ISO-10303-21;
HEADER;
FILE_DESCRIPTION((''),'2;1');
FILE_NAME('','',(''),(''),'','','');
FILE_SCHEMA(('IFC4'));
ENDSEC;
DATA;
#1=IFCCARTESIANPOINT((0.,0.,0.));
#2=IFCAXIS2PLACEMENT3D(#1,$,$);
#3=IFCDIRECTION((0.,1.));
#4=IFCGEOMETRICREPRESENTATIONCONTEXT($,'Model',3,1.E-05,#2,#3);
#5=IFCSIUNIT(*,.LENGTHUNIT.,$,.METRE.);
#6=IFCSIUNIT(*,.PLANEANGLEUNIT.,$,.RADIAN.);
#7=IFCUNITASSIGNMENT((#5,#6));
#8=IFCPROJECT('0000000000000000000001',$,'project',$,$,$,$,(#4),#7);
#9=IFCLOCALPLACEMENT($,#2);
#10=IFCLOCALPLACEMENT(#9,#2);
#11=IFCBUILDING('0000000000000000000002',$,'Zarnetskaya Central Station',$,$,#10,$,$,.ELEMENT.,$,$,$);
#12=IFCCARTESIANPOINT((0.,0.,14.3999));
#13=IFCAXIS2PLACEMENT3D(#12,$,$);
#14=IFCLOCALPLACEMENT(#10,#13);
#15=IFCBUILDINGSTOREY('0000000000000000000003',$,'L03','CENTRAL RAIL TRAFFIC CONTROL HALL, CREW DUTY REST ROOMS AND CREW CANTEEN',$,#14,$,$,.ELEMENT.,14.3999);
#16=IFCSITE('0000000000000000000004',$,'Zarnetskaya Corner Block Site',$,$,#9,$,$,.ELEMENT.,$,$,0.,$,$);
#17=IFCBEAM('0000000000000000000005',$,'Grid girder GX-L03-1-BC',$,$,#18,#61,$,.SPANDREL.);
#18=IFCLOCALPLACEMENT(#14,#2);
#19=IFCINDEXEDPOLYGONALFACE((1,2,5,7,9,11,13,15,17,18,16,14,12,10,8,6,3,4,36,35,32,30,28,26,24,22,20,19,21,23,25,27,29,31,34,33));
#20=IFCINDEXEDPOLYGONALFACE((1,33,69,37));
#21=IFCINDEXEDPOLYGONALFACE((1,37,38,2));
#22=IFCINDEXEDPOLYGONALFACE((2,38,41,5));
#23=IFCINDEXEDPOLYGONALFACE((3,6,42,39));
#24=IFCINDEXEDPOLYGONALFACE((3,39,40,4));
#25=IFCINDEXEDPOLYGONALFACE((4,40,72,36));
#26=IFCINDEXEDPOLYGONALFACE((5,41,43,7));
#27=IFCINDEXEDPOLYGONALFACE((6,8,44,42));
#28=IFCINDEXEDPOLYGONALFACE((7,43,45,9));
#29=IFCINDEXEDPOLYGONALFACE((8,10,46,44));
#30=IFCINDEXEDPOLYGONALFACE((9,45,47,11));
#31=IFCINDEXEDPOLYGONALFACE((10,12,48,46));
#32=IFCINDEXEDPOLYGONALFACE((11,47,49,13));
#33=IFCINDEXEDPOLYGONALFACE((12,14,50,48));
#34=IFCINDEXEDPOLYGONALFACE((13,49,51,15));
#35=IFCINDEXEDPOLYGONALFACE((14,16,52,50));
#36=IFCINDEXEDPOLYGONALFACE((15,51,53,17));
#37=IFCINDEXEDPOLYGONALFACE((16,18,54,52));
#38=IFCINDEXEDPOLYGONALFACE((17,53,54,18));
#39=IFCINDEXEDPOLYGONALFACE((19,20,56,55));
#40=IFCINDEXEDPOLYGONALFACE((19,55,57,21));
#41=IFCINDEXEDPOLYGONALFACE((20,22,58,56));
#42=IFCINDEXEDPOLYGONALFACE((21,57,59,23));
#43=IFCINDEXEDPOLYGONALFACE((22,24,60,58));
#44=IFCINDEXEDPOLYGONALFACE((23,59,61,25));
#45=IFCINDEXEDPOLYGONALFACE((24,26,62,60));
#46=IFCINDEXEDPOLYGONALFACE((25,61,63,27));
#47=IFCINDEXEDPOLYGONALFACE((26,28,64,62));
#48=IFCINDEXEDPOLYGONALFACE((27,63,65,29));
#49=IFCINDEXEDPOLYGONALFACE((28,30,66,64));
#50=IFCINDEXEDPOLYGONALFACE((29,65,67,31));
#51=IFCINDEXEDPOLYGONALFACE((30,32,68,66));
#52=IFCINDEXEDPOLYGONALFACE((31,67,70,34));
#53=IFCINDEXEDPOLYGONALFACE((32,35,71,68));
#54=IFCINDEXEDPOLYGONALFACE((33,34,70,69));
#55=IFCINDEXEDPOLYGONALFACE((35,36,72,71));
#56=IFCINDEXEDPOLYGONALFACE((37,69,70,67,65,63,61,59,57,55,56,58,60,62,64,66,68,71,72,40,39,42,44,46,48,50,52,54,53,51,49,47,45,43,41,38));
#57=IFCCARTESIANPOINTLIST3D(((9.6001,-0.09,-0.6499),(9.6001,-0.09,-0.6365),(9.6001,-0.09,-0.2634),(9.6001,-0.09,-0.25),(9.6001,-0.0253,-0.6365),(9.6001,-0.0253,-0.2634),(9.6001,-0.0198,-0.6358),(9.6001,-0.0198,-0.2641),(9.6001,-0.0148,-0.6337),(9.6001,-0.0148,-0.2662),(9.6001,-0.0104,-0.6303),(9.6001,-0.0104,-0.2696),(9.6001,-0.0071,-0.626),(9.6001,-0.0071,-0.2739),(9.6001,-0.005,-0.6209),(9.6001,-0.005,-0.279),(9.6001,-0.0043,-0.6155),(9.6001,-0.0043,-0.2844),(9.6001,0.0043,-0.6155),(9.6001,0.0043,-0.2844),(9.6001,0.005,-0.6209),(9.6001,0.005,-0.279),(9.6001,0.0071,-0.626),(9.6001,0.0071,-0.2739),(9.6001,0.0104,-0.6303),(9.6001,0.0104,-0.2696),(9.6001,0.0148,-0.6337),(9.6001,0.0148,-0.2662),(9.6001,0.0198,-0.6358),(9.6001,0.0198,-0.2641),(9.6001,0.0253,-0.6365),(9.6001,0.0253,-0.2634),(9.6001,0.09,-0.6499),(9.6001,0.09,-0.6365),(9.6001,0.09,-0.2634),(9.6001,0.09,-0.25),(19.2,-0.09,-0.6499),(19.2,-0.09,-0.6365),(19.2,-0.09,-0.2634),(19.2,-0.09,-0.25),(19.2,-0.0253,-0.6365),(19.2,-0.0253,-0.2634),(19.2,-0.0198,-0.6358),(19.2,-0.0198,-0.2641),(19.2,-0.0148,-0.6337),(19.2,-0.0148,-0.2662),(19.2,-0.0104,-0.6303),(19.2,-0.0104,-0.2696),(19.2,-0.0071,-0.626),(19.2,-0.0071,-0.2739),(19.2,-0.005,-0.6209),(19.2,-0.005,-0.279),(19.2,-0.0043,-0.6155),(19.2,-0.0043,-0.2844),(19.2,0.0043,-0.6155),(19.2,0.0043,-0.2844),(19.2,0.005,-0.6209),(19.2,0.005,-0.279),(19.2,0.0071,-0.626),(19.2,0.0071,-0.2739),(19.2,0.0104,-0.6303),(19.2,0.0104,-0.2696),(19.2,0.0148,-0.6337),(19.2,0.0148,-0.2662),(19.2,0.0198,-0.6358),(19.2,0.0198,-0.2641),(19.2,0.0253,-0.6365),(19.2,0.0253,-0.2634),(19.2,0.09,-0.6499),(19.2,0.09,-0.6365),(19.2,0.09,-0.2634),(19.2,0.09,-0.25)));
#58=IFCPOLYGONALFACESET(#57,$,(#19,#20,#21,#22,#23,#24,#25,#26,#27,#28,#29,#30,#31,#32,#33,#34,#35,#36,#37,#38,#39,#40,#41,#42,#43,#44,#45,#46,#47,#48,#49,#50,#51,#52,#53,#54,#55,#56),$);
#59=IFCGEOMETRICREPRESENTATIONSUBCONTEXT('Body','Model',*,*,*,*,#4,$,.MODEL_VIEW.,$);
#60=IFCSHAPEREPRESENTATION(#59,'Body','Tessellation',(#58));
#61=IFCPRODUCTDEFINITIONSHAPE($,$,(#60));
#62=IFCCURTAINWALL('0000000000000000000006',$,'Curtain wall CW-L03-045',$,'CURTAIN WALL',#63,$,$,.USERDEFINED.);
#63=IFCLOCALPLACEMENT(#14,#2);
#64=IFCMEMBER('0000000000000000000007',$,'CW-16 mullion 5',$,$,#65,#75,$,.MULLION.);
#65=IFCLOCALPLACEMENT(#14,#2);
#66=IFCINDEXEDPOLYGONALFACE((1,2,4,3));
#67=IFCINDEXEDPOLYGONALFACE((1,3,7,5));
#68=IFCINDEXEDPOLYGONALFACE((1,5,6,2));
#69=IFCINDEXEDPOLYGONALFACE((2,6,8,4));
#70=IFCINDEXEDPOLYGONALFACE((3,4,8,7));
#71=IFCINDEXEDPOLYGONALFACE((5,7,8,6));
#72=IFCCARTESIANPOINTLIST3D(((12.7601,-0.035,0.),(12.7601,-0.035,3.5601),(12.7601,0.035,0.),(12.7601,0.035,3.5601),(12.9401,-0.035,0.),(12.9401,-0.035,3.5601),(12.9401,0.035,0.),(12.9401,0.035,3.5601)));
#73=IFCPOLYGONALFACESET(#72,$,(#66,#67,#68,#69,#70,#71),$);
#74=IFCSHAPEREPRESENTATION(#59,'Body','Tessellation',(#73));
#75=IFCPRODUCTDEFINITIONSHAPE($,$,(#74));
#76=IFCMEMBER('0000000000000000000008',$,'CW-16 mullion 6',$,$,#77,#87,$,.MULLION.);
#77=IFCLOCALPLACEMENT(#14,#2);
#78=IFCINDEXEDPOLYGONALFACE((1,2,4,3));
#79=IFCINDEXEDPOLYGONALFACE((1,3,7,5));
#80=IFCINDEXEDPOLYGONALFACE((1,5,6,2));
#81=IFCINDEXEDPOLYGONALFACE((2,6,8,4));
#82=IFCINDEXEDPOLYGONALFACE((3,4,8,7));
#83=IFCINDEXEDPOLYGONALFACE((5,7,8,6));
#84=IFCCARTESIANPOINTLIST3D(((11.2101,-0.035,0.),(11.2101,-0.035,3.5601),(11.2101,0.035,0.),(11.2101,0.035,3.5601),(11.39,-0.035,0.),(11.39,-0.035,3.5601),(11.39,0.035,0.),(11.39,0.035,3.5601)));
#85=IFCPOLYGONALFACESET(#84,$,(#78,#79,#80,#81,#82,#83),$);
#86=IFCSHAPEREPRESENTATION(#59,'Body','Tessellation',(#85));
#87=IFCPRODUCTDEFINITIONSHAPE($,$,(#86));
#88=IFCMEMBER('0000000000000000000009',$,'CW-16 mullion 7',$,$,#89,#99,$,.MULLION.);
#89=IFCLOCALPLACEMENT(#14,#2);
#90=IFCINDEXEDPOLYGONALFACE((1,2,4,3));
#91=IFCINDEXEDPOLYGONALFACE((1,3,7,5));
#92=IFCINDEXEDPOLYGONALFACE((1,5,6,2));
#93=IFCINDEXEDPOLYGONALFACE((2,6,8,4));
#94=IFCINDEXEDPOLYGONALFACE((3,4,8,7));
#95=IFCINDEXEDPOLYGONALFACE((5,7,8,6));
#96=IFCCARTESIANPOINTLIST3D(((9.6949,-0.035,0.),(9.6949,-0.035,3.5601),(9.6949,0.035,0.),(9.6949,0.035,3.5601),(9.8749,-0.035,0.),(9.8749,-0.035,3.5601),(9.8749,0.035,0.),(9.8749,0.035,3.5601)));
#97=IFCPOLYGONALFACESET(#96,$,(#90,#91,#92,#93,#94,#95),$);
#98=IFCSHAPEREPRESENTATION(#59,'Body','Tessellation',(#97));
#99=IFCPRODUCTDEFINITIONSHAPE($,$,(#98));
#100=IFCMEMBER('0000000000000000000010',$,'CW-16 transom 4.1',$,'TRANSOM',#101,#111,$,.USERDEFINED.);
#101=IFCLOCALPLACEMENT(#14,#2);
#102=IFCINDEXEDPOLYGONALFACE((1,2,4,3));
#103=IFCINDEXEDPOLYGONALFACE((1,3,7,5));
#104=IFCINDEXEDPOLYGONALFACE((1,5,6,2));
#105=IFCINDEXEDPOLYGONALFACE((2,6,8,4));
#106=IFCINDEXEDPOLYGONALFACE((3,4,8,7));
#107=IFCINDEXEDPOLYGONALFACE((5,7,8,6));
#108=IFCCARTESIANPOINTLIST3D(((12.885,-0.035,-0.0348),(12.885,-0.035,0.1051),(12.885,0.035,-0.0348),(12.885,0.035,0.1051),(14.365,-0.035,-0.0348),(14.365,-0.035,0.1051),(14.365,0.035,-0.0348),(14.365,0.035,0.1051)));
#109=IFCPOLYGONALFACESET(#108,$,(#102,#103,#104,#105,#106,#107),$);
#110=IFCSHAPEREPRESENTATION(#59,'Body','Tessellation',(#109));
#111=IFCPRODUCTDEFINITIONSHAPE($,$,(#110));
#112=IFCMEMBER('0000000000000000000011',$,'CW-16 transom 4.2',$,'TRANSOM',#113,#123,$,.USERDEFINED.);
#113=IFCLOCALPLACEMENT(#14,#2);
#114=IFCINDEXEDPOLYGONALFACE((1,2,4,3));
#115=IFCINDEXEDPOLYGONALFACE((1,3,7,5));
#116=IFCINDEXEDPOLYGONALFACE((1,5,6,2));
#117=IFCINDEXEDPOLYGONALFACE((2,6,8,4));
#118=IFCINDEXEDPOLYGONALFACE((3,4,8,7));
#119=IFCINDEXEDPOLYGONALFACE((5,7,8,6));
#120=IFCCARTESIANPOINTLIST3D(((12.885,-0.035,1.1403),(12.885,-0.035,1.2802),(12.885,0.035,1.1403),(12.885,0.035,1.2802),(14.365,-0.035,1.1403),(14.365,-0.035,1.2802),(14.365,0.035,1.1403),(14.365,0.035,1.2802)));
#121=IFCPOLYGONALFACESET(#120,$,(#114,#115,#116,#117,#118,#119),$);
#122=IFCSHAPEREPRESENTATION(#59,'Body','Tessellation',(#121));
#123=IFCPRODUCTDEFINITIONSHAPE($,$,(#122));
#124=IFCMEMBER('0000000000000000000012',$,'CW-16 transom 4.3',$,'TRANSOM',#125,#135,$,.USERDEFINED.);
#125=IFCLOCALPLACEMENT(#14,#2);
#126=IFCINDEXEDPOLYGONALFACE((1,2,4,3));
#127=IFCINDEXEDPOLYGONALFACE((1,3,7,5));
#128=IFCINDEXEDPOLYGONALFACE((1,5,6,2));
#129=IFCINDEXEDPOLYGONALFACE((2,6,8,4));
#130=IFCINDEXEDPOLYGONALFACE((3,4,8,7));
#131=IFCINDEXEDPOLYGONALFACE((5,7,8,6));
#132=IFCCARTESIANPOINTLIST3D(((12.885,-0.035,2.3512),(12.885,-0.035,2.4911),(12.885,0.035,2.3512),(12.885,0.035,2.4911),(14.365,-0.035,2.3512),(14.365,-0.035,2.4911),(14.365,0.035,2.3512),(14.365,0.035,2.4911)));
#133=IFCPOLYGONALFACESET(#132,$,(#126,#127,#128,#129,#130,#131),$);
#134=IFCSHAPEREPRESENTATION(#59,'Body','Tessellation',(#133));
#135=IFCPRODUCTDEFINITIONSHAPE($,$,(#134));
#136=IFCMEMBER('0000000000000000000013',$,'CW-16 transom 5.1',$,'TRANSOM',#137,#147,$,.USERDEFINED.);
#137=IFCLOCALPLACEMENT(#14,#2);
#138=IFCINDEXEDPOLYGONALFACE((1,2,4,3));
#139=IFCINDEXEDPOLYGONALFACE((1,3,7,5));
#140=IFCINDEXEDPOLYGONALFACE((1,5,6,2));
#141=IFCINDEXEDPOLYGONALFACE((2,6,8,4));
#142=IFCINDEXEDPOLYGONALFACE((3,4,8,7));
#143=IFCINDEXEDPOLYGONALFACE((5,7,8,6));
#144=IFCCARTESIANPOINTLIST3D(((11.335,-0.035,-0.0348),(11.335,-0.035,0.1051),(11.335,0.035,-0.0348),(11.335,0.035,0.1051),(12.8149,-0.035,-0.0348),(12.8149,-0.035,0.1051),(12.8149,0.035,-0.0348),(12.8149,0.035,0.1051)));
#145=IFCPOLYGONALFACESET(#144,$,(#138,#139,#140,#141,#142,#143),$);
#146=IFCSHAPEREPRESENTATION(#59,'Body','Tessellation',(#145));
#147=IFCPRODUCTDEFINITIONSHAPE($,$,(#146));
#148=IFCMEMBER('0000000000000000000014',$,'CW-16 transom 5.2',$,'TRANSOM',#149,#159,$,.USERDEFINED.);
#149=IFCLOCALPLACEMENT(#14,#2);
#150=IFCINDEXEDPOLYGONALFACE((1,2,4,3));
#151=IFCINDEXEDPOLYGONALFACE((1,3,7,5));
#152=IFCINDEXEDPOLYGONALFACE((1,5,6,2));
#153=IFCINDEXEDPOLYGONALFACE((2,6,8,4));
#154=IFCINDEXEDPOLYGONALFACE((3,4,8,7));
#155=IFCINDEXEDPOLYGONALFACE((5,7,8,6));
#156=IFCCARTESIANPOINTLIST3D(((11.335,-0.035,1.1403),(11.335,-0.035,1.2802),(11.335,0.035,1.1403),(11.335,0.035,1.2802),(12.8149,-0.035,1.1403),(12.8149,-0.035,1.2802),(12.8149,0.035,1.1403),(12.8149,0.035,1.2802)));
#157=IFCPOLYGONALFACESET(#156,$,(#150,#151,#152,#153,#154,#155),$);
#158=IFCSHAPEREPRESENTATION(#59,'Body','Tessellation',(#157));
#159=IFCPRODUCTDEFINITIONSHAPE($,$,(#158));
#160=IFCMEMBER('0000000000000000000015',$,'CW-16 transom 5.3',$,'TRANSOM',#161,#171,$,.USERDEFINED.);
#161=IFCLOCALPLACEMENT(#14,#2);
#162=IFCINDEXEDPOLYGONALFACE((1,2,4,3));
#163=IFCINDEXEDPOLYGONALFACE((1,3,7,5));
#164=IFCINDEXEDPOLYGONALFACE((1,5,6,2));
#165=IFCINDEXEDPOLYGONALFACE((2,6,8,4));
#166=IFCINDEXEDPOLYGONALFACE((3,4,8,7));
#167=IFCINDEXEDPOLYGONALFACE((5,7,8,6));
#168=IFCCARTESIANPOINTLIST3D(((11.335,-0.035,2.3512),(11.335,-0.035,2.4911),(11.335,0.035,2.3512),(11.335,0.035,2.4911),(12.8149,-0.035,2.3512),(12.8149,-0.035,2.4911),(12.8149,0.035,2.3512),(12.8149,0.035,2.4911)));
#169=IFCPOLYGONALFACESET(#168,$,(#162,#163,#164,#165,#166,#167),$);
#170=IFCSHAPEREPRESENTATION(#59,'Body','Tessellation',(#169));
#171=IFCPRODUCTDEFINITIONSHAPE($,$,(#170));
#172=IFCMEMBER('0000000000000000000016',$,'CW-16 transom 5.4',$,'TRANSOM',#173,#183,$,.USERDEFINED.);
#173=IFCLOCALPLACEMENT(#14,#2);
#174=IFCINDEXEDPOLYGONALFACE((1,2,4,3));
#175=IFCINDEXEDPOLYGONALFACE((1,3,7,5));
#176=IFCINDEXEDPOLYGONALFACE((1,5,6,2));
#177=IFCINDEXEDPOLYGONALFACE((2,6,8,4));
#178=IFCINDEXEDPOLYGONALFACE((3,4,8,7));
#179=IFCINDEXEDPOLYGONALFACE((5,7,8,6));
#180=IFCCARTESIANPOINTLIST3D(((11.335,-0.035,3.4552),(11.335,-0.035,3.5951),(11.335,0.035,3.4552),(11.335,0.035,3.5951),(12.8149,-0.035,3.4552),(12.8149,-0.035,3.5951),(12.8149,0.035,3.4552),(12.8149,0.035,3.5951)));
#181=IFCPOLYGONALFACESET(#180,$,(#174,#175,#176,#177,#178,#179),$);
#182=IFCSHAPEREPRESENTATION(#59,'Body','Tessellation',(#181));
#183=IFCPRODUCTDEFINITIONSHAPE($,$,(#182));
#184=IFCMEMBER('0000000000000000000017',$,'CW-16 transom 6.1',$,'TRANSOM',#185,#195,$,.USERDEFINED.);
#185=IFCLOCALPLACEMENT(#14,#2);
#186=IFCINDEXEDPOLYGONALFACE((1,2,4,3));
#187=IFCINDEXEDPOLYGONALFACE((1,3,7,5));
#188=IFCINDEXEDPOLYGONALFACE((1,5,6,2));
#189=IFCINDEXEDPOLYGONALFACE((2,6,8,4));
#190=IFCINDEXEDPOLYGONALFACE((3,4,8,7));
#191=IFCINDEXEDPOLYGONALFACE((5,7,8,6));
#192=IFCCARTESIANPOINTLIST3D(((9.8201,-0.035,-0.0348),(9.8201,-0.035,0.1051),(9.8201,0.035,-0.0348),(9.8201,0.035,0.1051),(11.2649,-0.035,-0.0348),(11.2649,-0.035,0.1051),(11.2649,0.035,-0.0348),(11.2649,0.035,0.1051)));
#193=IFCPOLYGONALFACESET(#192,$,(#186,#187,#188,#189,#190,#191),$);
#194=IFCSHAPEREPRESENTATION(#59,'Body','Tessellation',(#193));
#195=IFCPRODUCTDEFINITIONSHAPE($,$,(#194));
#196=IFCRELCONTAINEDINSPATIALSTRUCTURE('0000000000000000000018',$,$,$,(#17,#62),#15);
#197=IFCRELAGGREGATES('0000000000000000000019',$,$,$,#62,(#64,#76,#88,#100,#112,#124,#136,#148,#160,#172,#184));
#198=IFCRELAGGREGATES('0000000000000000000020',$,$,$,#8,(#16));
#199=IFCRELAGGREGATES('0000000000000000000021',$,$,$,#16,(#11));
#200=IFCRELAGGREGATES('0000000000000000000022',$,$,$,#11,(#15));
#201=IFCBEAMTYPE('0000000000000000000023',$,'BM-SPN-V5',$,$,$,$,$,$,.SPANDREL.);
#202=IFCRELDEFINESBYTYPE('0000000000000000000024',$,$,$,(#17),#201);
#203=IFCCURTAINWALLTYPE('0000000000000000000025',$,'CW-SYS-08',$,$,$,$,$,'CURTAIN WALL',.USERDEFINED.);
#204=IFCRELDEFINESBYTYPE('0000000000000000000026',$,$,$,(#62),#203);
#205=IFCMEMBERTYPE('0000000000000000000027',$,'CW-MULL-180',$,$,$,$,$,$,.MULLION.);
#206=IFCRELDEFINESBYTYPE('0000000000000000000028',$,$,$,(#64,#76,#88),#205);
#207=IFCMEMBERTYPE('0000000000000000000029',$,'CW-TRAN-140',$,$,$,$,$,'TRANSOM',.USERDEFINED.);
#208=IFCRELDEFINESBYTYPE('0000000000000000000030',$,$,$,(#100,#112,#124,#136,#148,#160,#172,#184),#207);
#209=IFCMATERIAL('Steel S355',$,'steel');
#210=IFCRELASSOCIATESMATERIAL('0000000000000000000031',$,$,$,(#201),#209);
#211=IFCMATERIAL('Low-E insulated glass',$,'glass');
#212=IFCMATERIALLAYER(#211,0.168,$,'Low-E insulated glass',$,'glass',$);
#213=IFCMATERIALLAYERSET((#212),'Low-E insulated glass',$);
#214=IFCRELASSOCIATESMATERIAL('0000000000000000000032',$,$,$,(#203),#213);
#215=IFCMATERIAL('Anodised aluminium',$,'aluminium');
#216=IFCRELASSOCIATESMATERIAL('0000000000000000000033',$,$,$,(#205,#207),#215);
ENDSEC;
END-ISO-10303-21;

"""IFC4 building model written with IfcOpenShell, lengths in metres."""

from ifc_helpers import new_model, si_unit, direction, frame, origin, origin_2d, place, context, subcontext, project, spatial, rectangle, i_section, extrude, material, layer, layer_set, material_profile, profile_set, type_object, element, aggregate, save


model = new_model("IFC4")

# Units and contexts
model_context = context("Model", 3, precision=1e-05, world=origin(), true_north=direction((0.0, 1.0)))
body_context = subcontext(model_context, "Body", "Model", "MODEL_VIEW")
ifc_project = project(units=[si_unit("LENGTHUNIT", "METRE"), si_unit("PLANEANGLEUNIT", "RADIAN")], contexts=[model_context])

# Site, building, storey
site_placement = place(None, origin())
site = spatial("IfcSite", under=ifc_project, at=site_placement, Name="Zarnetskaya Corner Block Site", CompositionType="ELEMENT", RefElevation=0.0)
building_placement = place(site_placement, origin())
building = spatial("IfcBuilding", under=site, at=building_placement, Name="Zarnetskaya Central Station", CompositionType="ELEMENT")
storey_placement = place(building_placement, frame((0.0, 0.0, 14.3999)))
storey = spatial("IfcBuildingStorey", under=building, at=storey_placement, Name="L03", Description="CENTRAL RAIL TRAFFIC CONTROL HALL, CREW DUTY REST ROOMS AND CREW CANTEEN", CompositionType="ELEMENT", Elevation=14.3999)

# Beam
ifc_material_1 = material(Name="Steel S355", Category="steel")
ifc_material_profile_1 = material_profile(ifc_material_1, i_section(OverallWidth=0.1799, OverallDepth=0.3999, WebThickness=0.0085, FlangeThickness=0.0134, FilletRadius=0.021, at=origin_2d()), Name="IPE 400")
ifc_profile_set_1 = profile_set([ifc_material_profile_1], Name="Steel S355")
beam_type_1 = type_object("IfcBeamType", Name="BM-SPN-V5", PredefinedType="SPANDREL", material=ifc_profile_set_1)
beam_1_placement = place(storey_placement, frame((9.6001, 0.0, -0.45), z_axis=(1.0, 0.0, 0.0), x_axis=(0.0, 1.0, 0.0)))
element("IfcBeam", 1, at=beam_1_placement, inside=storey, type_object=beam_type_1, Name="Grid girder GX-L03-1-BC", PredefinedType="SPANDREL", context=body_context, shape_type="SweptSolid", body=[
    extrude(i_section(OverallWidth=0.1799, OverallDepth=0.3999, WebThickness=0.0085, FlangeThickness=0.0134, FilletRadius=0.021, at=origin_2d()), origin(), (0.0, 0.0, 1.0), 9.5999),
])

# Curtain wall, members
ifc_material_2 = material(Name="Low-E insulated glass", Category="glass")
ifc_layer_1 = layer(ifc_material_2, 0.168, Name="Low-E insulated glass", Category="glass")
ifc_layer_set_1 = layer_set([ifc_layer_1], Name="Low-E insulated glass")
curtain_wall_type = type_object("IfcCurtainWallType", Name="CW-SYS-08", ElementType="CURTAIN WALL", PredefinedType="USERDEFINED", material=ifc_layer_set_1)
curtain_wall_placement = place(storey_placement, origin())
curtain_wall = element("IfcCurtainWall", 2, at=curtain_wall_placement, inside=storey, type_object=curtain_wall_type, Name="Curtain wall CW-L03-045", ObjectType="CURTAIN WALL", PredefinedType="USERDEFINED")
ifc_material_3 = material(Name="Anodised aluminium", Category="aluminium")
ifc_material_profile_2 = material_profile(ifc_material_3, rectangle(XDim=0.0701, YDim=0.1799, at=origin_2d()), Name="ALU MULL 70x180")
ifc_profile_set_2 = profile_set([ifc_material_profile_2], Name="Anodised aluminium")
member_type_1 = type_object("IfcMemberType", Name="CW-MULL-180", PredefinedType="MULLION", material=ifc_profile_set_2)
member_1_placement = place(storey_placement, frame((12.8501, 0.0, 0.0), z_axis=(0.0, 0.0, 1.0), x_axis=(0.0, -1.0, 0.0)))
member_1 = element("IfcMember", 3, at=member_1_placement, type_object=member_type_1, Name="CW-16 mullion 5", PredefinedType="MULLION", context=body_context, shape_type="SweptSolid", body=[
    extrude(rectangle(XDim=0.0701, YDim=0.1799, at=origin_2d()), origin(), (0.0, 0.0, 1.0), 3.5601),
])
member_2_placement = place(storey_placement, frame((11.3, 0.0, 0.0), z_axis=(0.0, 0.0, 1.0), x_axis=(0.0, -1.0, 0.0)))
member_2 = element("IfcMember", 4, at=member_2_placement, type_object=member_type_1, Name="CW-16 mullion 6", PredefinedType="MULLION", context=body_context, shape_type="SweptSolid", body=[
    extrude(rectangle(XDim=0.0701, YDim=0.1799, at=origin_2d()), origin(), (0.0, 0.0, 1.0), 3.5601),
])
member_3_placement = place(storey_placement, frame((9.7849, 0.0, 0.0), z_axis=(0.0, 0.0, 1.0), x_axis=(0.0, -1.0, 0.0)))
member_3 = element("IfcMember", 5, at=member_3_placement, type_object=member_type_1, Name="CW-16 mullion 7", PredefinedType="MULLION", context=body_context, shape_type="SweptSolid", body=[
    extrude(rectangle(XDim=0.0701, YDim=0.1799, at=origin_2d()), origin(), (0.0, 0.0, 1.0), 3.5601),
])
ifc_material_profile_3 = material_profile(ifc_material_3, rectangle(XDim=0.0701, YDim=0.1399, at=origin_2d()), Name="ALU TRAN 70x140")
ifc_profile_set_3 = profile_set([ifc_material_profile_3], Name="Anodised aluminium")
member_type_2 = type_object("IfcMemberType", Name="CW-TRAN-140", ElementType="TRANSOM", PredefinedType="USERDEFINED", material=ifc_profile_set_3)
member_4_placement = place(storey_placement, frame((14.365, 0.0, 0.0352), z_axis=(-1.0, 0.0, 0.0), x_axis=(0.0, -1.0, 0.0)))
member_4 = element("IfcMember", 6, at=member_4_placement, type_object=member_type_2, Name="CW-16 transom 4.1", ObjectType="TRANSOM", PredefinedType="USERDEFINED", context=body_context, shape_type="SweptSolid", body=[
    extrude(rectangle(XDim=0.0701, YDim=0.1399, at=origin_2d()), origin(), (0.0, 0.0, 1.0), 1.48),
])
member_5_placement = place(storey_placement, frame((14.365, 0.0, 1.2102), z_axis=(-1.0, 0.0, 0.0), x_axis=(0.0, -1.0, 0.0)))
member_5 = element("IfcMember", 7, at=member_5_placement, type_object=member_type_2, Name="CW-16 transom 4.2", ObjectType="TRANSOM", PredefinedType="USERDEFINED", context=body_context, shape_type="SweptSolid", body=[
    extrude(rectangle(XDim=0.0701, YDim=0.1399, at=origin_2d()), origin(), (0.0, 0.0, 1.0), 1.48),
])
member_6_placement = place(storey_placement, frame((14.365, 0.0, 2.4211), z_axis=(-1.0, 0.0, 0.0), x_axis=(0.0, -1.0, 0.0)))
member_6 = element("IfcMember", 8, at=member_6_placement, type_object=member_type_2, Name="CW-16 transom 4.3", ObjectType="TRANSOM", PredefinedType="USERDEFINED", context=body_context, shape_type="SweptSolid", body=[
    extrude(rectangle(XDim=0.0701, YDim=0.1399, at=origin_2d()), origin(), (0.0, 0.0, 1.0), 1.48),
])
member_7_placement = place(storey_placement, frame((12.8149, 0.0, 0.0352), z_axis=(-1.0, 0.0, 0.0), x_axis=(0.0, -1.0, 0.0)))
member_7 = element("IfcMember", 9, at=member_7_placement, type_object=member_type_2, Name="CW-16 transom 5.1", ObjectType="TRANSOM", PredefinedType="USERDEFINED", context=body_context, shape_type="SweptSolid", body=[
    extrude(rectangle(XDim=0.0701, YDim=0.1399, at=origin_2d()), origin(), (0.0, 0.0, 1.0), 1.48),
])
member_8_placement = place(storey_placement, frame((12.8149, 0.0, 1.2102), z_axis=(-1.0, 0.0, 0.0), x_axis=(0.0, -1.0, 0.0)))
member_8 = element("IfcMember", 10, at=member_8_placement, type_object=member_type_2, Name="CW-16 transom 5.2", ObjectType="TRANSOM", PredefinedType="USERDEFINED", context=body_context, shape_type="SweptSolid", body=[
    extrude(rectangle(XDim=0.0701, YDim=0.1399, at=origin_2d()), origin(), (0.0, 0.0, 1.0), 1.48),
])
member_9_placement = place(storey_placement, frame((12.8149, 0.0, 2.4211), z_axis=(-1.0, 0.0, 0.0), x_axis=(0.0, -1.0, 0.0)))
member_9 = element("IfcMember", 11, at=member_9_placement, type_object=member_type_2, Name="CW-16 transom 5.3", ObjectType="TRANSOM", PredefinedType="USERDEFINED", context=body_context, shape_type="SweptSolid", body=[
    extrude(rectangle(XDim=0.0701, YDim=0.1399, at=origin_2d()), origin(), (0.0, 0.0, 1.0), 1.48),
])
member_10_placement = place(storey_placement, frame((12.8149, 0.0, 3.5251), z_axis=(-1.0, 0.0, 0.0), x_axis=(0.0, -1.0, 0.0)))
member_10 = element("IfcMember", 12, at=member_10_placement, type_object=member_type_2, Name="CW-16 transom 5.4", ObjectType="TRANSOM", PredefinedType="USERDEFINED", context=body_context, shape_type="SweptSolid", body=[
    extrude(rectangle(XDim=0.0701, YDim=0.1399, at=origin_2d()), origin(), (0.0, 0.0, 1.0), 1.48),
])
member_11_placement = place(storey_placement, frame((11.2649, 0.0, 0.0352), z_axis=(-1.0, 0.0, 0.0), x_axis=(0.0, -1.0, 0.0)))
member_11 = element("IfcMember", 13, at=member_11_placement, type_object=member_type_2, Name="CW-16 transom 6.1", ObjectType="TRANSOM", PredefinedType="USERDEFINED", context=body_context, shape_type="SweptSolid", body=[
    extrude(rectangle(XDim=0.0701, YDim=0.1399, at=origin_2d()), origin(), (0.0, 0.0, 1.0), 1.4448),
])

aggregate(curtain_wall, [member_1, member_2, member_3, member_4, member_5, member_6, member_7, member_8, member_9, member_10, member_11])

save(model, "model.ifc")
